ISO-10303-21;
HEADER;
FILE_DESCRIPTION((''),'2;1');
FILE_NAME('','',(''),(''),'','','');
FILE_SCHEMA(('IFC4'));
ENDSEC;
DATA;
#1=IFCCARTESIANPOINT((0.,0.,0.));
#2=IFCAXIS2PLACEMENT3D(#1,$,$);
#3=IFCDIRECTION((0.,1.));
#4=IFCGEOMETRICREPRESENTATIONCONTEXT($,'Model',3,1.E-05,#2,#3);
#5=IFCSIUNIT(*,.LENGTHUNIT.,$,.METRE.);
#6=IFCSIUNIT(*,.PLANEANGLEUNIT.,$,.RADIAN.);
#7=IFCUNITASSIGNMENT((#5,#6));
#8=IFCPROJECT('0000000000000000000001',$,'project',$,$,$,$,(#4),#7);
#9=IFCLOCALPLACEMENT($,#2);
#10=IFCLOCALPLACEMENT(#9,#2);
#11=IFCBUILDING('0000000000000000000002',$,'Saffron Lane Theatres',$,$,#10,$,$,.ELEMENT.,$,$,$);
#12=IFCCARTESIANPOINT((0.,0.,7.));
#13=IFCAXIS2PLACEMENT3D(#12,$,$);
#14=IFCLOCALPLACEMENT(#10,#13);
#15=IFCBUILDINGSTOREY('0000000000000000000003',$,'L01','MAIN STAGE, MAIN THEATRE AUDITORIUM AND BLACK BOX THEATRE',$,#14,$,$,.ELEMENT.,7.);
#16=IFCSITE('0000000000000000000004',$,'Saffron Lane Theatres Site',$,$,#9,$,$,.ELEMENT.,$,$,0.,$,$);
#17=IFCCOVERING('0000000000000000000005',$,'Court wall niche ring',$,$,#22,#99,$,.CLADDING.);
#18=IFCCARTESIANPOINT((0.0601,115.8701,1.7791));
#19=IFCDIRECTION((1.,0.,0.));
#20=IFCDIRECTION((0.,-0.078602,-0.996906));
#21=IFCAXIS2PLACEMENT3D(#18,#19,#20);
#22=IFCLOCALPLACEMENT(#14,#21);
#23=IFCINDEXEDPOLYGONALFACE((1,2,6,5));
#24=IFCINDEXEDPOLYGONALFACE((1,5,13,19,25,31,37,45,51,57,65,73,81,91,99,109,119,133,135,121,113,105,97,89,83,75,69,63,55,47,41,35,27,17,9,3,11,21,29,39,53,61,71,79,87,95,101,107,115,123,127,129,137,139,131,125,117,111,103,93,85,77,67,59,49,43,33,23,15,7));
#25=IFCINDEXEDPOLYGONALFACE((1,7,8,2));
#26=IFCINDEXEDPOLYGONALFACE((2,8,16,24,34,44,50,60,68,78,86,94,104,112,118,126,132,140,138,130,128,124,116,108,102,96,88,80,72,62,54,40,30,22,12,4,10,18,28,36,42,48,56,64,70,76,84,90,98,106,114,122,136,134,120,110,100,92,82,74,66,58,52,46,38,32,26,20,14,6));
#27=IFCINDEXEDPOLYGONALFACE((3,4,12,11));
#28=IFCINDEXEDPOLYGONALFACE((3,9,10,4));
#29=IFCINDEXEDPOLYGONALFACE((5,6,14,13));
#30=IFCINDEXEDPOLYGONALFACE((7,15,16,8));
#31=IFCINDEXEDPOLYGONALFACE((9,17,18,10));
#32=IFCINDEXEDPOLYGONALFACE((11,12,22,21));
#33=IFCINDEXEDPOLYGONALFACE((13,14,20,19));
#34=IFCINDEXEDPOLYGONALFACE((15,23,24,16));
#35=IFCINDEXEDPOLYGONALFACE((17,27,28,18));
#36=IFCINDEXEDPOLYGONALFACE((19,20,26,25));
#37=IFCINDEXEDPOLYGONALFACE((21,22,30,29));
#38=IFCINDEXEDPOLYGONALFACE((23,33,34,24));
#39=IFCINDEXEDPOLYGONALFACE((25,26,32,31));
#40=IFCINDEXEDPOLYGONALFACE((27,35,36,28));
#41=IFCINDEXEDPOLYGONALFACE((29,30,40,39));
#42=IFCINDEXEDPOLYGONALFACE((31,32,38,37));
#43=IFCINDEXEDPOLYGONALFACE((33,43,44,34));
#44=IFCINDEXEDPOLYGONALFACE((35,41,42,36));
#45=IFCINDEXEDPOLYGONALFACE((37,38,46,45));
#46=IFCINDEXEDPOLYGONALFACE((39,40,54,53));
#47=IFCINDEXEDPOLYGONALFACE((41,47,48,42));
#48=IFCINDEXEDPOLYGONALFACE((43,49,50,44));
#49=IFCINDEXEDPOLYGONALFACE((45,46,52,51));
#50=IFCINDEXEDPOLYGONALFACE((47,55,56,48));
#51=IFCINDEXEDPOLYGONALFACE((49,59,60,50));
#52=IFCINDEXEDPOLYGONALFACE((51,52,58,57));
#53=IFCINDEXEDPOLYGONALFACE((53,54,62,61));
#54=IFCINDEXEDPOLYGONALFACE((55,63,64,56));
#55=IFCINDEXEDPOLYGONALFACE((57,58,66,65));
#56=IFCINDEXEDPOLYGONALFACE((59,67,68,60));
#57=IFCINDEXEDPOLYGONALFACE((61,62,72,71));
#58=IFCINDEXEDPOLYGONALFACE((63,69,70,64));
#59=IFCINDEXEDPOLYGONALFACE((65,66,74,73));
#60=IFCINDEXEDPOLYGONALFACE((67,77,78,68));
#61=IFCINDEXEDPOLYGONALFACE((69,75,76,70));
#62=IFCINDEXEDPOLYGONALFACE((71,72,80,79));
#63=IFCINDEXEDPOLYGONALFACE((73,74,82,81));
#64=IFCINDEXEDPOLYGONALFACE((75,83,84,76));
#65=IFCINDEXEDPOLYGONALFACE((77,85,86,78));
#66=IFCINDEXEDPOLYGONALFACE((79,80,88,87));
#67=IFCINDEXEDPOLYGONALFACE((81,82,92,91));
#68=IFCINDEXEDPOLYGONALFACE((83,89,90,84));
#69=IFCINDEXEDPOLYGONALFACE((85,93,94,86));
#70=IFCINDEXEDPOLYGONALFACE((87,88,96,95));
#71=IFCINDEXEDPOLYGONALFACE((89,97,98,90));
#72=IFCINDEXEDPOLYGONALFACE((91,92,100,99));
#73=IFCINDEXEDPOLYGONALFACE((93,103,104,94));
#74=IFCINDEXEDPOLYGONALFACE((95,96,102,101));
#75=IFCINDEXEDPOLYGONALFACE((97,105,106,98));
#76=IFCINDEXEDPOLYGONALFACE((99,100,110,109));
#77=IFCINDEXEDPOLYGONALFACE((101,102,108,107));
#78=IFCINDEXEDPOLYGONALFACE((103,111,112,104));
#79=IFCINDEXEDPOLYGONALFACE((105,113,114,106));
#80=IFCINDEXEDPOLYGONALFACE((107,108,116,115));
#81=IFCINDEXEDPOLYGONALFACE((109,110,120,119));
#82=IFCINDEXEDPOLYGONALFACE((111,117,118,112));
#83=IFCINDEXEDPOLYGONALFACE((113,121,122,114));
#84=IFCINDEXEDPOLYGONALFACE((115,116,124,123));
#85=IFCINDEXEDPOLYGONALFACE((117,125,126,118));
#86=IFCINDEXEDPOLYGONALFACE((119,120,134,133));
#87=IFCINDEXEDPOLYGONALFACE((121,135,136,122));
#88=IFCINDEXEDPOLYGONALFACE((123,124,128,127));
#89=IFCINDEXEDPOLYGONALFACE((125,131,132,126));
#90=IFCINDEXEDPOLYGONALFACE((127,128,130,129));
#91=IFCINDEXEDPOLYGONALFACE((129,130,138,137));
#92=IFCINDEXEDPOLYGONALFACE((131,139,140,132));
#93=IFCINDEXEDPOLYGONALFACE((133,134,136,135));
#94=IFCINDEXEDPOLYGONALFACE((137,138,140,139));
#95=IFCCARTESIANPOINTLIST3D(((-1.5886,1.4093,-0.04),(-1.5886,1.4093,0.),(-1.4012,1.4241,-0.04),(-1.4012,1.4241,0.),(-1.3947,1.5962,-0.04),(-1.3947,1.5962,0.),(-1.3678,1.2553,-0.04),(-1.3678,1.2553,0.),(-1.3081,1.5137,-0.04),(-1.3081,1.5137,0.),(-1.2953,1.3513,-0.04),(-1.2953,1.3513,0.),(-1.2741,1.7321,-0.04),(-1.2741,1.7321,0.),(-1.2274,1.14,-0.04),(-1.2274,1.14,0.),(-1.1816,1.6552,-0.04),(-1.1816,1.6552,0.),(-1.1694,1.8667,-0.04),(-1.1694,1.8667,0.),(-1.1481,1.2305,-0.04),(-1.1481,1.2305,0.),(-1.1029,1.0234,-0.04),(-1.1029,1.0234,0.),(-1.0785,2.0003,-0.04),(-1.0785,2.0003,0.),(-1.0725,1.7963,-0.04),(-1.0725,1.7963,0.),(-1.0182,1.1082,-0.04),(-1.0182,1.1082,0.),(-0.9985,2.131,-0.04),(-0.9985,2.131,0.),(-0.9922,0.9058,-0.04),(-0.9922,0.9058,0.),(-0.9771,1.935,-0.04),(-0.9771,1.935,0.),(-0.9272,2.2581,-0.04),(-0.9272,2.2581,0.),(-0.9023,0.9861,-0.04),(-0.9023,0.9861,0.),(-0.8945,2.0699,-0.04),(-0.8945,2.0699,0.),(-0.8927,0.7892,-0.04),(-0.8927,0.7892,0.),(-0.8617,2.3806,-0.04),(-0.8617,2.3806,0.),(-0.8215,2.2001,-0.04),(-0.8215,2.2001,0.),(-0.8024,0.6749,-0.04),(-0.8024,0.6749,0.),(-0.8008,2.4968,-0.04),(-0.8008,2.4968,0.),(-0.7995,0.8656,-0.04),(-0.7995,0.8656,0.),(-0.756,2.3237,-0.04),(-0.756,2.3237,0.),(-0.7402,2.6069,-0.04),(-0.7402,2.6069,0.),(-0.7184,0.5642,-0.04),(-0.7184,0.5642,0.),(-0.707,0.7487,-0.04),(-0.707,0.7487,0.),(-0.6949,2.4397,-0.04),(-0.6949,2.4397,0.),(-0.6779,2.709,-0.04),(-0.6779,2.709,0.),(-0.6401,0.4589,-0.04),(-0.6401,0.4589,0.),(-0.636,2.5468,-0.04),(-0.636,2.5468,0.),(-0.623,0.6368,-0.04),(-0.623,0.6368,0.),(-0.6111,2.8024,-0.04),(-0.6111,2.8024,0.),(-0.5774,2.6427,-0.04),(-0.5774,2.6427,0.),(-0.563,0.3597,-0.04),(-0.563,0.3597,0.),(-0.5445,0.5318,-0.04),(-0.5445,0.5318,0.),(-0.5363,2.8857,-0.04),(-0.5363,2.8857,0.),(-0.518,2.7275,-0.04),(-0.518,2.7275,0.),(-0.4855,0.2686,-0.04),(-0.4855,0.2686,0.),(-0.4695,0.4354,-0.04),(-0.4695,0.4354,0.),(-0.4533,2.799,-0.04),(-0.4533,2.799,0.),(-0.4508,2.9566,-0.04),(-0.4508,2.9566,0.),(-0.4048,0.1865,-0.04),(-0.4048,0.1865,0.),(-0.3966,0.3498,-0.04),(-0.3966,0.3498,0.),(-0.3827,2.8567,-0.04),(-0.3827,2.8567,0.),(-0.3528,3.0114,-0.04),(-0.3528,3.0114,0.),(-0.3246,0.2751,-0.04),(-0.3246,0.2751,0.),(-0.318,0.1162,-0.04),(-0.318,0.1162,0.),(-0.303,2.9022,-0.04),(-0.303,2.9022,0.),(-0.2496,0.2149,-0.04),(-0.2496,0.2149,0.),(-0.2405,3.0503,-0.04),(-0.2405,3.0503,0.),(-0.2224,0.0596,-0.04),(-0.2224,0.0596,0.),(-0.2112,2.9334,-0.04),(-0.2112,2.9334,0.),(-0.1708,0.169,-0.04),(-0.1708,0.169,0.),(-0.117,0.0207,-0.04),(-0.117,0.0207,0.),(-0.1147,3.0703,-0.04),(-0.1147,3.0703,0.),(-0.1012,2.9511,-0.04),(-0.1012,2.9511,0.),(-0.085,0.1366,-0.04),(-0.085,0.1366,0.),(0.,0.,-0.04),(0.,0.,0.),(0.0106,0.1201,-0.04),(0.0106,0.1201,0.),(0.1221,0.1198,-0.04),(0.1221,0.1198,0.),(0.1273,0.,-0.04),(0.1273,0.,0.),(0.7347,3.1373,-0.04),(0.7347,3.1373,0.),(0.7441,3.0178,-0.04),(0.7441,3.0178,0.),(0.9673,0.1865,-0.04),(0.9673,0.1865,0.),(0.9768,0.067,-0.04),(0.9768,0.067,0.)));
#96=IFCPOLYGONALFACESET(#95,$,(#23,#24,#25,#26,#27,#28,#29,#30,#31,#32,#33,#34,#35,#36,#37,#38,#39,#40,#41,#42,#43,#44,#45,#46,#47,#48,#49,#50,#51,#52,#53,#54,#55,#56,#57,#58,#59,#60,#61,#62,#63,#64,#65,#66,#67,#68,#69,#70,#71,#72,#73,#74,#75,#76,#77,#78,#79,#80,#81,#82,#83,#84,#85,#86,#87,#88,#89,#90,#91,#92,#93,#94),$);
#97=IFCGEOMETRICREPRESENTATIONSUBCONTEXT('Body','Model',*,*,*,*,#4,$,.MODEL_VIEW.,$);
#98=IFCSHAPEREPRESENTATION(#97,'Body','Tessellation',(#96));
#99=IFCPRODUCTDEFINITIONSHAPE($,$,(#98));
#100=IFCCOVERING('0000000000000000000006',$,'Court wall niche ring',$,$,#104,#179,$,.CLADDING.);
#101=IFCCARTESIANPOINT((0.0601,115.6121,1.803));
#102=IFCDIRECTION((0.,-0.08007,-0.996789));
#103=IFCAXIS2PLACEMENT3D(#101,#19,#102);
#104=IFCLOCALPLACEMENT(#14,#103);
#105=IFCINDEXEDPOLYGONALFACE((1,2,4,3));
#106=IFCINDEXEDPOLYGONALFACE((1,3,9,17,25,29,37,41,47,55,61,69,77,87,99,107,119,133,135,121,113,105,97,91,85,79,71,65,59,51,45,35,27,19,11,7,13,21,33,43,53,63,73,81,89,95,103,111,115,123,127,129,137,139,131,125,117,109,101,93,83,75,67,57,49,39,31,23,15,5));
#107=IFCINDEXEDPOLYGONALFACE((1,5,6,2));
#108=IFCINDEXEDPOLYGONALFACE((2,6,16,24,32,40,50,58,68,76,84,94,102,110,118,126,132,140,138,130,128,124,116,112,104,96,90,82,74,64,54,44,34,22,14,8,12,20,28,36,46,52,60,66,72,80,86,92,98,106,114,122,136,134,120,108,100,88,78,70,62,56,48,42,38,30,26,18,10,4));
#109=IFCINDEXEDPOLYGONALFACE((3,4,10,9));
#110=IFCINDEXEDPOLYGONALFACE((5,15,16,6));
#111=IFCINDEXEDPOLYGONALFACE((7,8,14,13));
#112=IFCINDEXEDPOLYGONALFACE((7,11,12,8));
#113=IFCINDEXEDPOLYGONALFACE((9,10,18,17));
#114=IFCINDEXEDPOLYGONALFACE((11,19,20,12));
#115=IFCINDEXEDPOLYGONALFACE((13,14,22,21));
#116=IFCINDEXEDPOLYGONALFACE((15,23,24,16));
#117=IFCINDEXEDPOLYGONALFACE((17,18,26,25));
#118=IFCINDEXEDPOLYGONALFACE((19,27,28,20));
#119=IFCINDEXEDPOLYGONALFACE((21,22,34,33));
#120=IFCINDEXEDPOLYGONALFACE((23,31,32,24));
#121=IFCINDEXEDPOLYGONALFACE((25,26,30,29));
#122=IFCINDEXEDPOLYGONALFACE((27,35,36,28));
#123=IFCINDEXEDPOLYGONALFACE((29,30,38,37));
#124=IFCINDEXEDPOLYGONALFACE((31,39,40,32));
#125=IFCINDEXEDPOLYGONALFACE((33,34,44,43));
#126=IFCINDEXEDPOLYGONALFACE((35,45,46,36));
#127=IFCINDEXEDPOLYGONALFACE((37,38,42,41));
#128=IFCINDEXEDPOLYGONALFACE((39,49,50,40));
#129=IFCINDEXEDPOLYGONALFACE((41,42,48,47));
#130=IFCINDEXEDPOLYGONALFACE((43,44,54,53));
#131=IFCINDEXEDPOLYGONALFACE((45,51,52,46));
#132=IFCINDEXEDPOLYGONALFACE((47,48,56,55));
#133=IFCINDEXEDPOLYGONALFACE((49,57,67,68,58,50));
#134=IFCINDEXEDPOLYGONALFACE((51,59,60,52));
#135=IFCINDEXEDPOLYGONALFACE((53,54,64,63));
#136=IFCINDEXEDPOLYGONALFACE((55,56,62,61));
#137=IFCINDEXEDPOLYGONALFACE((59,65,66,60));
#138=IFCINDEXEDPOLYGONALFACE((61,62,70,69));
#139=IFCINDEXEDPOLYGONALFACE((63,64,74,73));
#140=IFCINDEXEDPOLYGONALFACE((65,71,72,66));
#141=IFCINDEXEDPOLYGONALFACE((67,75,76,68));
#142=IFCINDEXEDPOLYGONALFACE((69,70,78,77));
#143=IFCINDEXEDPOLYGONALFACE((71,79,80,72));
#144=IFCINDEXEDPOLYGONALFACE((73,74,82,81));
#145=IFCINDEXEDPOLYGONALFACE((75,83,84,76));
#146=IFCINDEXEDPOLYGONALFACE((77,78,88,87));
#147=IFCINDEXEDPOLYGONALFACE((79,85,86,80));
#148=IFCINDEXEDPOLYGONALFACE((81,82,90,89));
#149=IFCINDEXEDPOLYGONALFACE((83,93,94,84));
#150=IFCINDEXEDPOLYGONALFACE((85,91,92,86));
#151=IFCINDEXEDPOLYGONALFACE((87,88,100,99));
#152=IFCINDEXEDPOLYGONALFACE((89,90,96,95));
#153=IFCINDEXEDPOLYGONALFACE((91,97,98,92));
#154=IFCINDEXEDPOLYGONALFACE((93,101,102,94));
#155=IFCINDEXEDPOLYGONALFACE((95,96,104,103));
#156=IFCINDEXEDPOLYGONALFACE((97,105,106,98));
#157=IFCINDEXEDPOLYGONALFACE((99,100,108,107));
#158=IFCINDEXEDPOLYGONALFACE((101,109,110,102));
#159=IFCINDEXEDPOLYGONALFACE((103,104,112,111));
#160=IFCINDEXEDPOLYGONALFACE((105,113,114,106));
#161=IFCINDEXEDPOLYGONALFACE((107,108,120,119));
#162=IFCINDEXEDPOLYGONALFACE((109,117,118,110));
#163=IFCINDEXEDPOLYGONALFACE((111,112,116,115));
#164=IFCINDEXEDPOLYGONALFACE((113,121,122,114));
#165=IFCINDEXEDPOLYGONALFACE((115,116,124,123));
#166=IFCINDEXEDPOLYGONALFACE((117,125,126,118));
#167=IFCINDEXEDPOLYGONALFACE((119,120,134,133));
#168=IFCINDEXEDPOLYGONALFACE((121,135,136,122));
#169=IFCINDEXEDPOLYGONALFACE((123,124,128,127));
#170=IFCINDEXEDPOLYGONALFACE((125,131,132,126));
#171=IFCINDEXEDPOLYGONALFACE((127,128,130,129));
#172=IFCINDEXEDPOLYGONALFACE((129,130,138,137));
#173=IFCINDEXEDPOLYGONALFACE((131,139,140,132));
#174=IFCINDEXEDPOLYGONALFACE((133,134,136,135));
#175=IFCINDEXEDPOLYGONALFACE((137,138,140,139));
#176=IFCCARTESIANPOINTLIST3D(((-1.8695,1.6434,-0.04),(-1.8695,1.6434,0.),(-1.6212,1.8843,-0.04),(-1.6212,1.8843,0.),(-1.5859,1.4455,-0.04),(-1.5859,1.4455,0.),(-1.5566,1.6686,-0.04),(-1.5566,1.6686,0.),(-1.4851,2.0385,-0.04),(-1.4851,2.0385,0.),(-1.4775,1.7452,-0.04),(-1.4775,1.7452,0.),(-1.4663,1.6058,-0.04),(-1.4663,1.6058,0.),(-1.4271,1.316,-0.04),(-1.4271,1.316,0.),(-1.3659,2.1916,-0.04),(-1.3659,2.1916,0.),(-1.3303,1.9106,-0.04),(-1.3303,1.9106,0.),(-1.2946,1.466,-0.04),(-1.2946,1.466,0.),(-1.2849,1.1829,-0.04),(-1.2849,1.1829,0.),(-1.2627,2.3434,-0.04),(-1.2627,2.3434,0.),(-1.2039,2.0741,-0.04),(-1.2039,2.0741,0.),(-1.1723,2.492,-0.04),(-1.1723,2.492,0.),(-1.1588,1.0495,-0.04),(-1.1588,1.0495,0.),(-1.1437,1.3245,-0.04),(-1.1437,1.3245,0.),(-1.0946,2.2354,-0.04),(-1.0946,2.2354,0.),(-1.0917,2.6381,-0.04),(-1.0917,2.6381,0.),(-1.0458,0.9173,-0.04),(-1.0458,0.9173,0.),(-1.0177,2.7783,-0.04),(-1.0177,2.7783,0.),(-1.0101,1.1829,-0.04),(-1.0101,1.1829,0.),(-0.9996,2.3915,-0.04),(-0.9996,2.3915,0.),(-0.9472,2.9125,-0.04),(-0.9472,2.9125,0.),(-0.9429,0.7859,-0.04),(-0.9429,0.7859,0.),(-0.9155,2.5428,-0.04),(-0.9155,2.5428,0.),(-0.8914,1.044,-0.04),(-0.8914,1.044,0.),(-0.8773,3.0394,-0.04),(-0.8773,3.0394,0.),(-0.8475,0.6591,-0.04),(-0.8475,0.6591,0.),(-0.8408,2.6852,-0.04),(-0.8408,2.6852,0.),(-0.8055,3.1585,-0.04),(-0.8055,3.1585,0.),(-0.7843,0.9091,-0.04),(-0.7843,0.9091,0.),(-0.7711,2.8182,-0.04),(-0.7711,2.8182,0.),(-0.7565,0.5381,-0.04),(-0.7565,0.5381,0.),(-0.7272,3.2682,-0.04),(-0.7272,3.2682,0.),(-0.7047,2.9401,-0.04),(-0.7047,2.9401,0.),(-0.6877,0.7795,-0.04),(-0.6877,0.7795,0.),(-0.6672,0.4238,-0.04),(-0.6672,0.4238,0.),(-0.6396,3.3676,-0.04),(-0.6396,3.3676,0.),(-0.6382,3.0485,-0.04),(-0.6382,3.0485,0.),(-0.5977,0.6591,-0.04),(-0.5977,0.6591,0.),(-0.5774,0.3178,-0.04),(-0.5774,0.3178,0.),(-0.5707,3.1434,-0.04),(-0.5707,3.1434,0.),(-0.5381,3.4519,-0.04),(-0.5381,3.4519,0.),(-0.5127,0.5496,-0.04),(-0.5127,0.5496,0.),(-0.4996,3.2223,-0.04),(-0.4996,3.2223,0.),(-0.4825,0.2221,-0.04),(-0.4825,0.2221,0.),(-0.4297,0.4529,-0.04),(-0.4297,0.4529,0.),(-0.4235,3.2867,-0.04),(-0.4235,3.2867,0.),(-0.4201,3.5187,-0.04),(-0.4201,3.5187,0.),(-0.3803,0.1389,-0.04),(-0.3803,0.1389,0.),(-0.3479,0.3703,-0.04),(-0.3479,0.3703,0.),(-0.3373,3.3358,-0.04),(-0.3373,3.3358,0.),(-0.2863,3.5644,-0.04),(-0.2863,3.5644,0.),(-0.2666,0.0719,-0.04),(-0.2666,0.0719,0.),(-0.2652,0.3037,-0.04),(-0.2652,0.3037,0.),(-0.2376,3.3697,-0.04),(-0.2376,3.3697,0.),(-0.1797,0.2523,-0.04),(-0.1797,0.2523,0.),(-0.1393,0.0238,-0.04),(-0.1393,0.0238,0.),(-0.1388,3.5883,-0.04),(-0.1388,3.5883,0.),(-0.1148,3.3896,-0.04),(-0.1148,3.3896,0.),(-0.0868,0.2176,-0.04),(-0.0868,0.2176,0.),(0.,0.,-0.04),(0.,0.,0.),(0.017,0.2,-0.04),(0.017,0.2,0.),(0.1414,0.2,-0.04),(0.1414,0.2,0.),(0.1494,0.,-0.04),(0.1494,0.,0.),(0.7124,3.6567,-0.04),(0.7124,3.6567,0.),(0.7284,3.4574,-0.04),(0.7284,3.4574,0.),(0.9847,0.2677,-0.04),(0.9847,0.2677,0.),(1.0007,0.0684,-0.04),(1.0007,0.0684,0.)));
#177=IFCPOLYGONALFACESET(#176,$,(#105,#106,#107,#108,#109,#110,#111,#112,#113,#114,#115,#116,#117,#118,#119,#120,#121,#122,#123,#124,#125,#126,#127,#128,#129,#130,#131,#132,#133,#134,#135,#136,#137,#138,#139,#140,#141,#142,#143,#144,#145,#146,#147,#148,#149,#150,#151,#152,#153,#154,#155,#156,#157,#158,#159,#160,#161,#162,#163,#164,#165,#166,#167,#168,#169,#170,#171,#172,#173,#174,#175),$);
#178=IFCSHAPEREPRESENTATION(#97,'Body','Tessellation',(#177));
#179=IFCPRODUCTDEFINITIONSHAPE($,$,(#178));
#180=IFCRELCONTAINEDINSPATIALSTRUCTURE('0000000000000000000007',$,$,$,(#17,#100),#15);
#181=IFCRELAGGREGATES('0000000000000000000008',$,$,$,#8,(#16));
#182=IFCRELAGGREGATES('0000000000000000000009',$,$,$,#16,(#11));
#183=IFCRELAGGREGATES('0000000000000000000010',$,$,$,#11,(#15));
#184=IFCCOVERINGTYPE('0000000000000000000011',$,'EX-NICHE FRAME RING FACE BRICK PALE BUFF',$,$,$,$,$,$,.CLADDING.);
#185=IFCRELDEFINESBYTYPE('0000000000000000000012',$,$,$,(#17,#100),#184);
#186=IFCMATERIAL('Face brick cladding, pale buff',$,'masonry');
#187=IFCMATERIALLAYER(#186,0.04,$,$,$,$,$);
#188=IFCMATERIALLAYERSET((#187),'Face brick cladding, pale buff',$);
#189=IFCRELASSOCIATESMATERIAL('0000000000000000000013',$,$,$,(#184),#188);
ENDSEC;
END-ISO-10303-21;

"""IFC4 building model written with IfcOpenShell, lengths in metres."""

from ifc_helpers import new_model, si_unit, direction, frame, origin, place, context, subcontext, project, spatial, polyline, outline, extrude, material, layer, layer_set, type_object, element, save


model = new_model("IFC4")

# Units and contexts
model_context = context("Model", 3, precision=1e-05, world=origin(), true_north=direction((0.0, 1.0)))
body_context = subcontext(model_context, "Body", "Model", "MODEL_VIEW")
ifc_project = project(units=[si_unit("LENGTHUNIT", "METRE"), si_unit("PLANEANGLEUNIT", "RADIAN")], contexts=[model_context])

# Site, building, storey
site_placement = place(None, origin())
site = spatial("IfcSite", under=ifc_project, at=site_placement, Name="Saffron Lane Theatres Site", CompositionType="ELEMENT", RefElevation=0.0)
building_placement = place(site_placement, origin())
building = spatial("IfcBuilding", under=site, at=building_placement, Name="Saffron Lane Theatres", CompositionType="ELEMENT")
storey_placement = place(building_placement, frame((0.0, 0.0, 7.0)))
storey = spatial("IfcBuildingStorey", under=building, at=storey_placement, Name="L01", Description="MAIN STAGE, MAIN THEATRE AUDITORIUM AND BLACK BOX THEATRE", CompositionType="ELEMENT", Elevation=7.0)

# Coverings
ifc_material_1 = material(Name="Face brick cladding, pale buff", Category="masonry")
ifc_layer_1 = layer(ifc_material_1, 0.04)
ifc_layer_set_1 = layer_set([ifc_layer_1], Name="Face brick cladding, pale buff")
covering_type_1 = type_object("IfcCoveringType", Name="EX-NICHE FRAME RING FACE BRICK PALE BUFF", PredefinedType="CLADDING", material=ifc_layer_set_1)
covering_1_placement = place(storey_placement, frame((0.0601, 115.8701, 1.7791), z_axis=(1.0, 0.0, 0.0), x_axis=(0.0, -0.078602, -0.996906)))
element("IfcCovering", 1, at=covering_1_placement, inside=storey, type_object=covering_type_1, Name="Court wall niche ring", PredefinedType="CLADDING", context=body_context, shape_type="SweptSolid", body=[
    extrude(outline(polyline([(0.0, 0.0), (0.1273, 0.0), (0.9768, 0.067), (0.9673, 0.1865), (0.1221, 0.1198), (0.0106, 0.1201), (-0.085, 0.1366), (-0.1708, 0.169), (-0.2496, 0.2149), (-0.3246, 0.2751), (-0.3966, 0.3498), (-0.4695, 0.4354), (-0.5445, 0.5318), (-0.623, 0.6368), (-0.707, 0.7487), (-0.7995, 0.8656), (-0.9023, 0.9861), (-1.0182, 1.1082), (-1.1481, 1.2305), (-1.2953, 1.3513), (-1.4012, 1.4241), (-1.3081, 1.5137), (-1.1816, 1.6552), (-1.0725, 1.7963), (-0.9771, 1.935), (-0.8945, 2.0699), (-0.8215, 2.2001), (-0.756, 2.3237), (-0.6949, 2.4397), (-0.636, 2.5468), (-0.5774, 2.6427), (-0.518, 2.7275), (-0.4533, 2.799), (-0.3827, 2.8567), (-0.303, 2.9022), (-0.2112, 2.9334), (-0.1012, 2.9511), (0.7441, 3.0178), (0.7347, 3.1373), (-0.1147, 3.0703), (-0.2405, 3.0503), (-0.3528, 3.0114), (-0.4508, 2.9566), (-0.5363, 2.8857), (-0.6111, 2.8024), (-0.6779, 2.709), (-0.7402, 2.6069), (-0.8008, 2.4968), (-0.8617, 2.3806), (-0.9272, 2.2581), (-0.9985, 2.131), (-1.0785, 2.0003), (-1.1694, 1.8667), (-1.2741, 1.7321), (-1.3947, 1.5962), (-1.5886, 1.4093), (-1.3678, 1.2553), (-1.2274, 1.14), (-1.1029, 1.0234), (-0.9922, 0.9058), (-0.8927, 0.7892), (-0.8024, 0.6749), (-0.7184, 0.5642), (-0.6401, 0.4589), (-0.563, 0.3597), (-0.4855, 0.2686), (-0.4048, 0.1865), (-0.318, 0.1162), (-0.2224, 0.0596), (-0.117, 0.0207), (0.0, 0.0)])), origin(), (0.0, 0.0, -1.0), 0.04),
])
covering_2_placement = place(storey_placement, frame((0.0601, 115.6121, 1.803), z_axis=(1.0, 0.0, 0.0), x_axis=(0.0, -0.08007, -0.996789)))
element("IfcCovering", 2, at=covering_2_placement, inside=storey, type_object=covering_type_1, Name="Court wall niche ring", PredefinedType="CLADDING", context=body_context, shape_type="SweptSolid", body=[
    extrude(outline(polyline([(0.0, 0.0), (0.1494, 0.0), (1.0007, 0.0684), (0.9847, 0.2677), (0.1414, 0.2), (0.017, 0.2), (-0.0868, 0.2176), (-0.1797, 0.2523), (-0.2652, 0.3037), (-0.3479, 0.3703), (-0.4297, 0.4529), (-0.5127, 0.5496), (-0.5977, 0.6591), (-0.6877, 0.7795), (-0.7843, 0.9091), (-0.8914, 1.044), (-1.0101, 1.1829), (-1.1437, 1.3245), (-1.2946, 1.466), (-1.4663, 1.6058), (-1.5566, 1.6686), (-1.4775, 1.7452), (-1.3303, 1.9106), (-1.2039, 2.0741), (-1.0946, 2.2354), (-0.9996, 2.3915), (-0.9155, 2.5428), (-0.8408, 2.6852), (-0.7711, 2.8182), (-0.7047, 2.9401), (-0.6382, 3.0485), (-0.5707, 3.1434), (-0.4996, 3.2223), (-0.4235, 3.2867), (-0.3373, 3.3358), (-0.2376, 3.3697), (-0.1148, 3.3896), (0.7284, 3.4574), (0.7124, 3.6567), (-0.1388, 3.5883), (-0.2863, 3.5644), (-0.4201, 3.5187), (-0.5381, 3.4519), (-0.6396, 3.3676), (-0.7272, 3.2682), (-0.8055, 3.1585), (-0.8773, 3.0394), (-0.9472, 2.9125), (-1.0177, 2.7783), (-1.0917, 2.6381), (-1.1723, 2.492), (-1.2627, 2.3434), (-1.3659, 2.1916), (-1.4851, 2.0385), (-1.6212, 1.8843), (-1.8695, 1.6434), (-1.5859, 1.4455), (-1.4271, 1.316), (-1.2849, 1.1829), (-1.1588, 1.0495), (-1.0458, 0.9173), (-0.9429, 0.7859), (-0.8475, 0.6591), (-0.7565, 0.5381), (-0.6672, 0.4238), (-0.5774, 0.3178), (-0.4825, 0.2221), (-0.3803, 0.1389), (-0.2666, 0.0719), (-0.1393, 0.0238), (0.0, 0.0)])), origin(), (0.0, 0.0, -1.0), 0.04),
])

save(model, "model.ifc")
